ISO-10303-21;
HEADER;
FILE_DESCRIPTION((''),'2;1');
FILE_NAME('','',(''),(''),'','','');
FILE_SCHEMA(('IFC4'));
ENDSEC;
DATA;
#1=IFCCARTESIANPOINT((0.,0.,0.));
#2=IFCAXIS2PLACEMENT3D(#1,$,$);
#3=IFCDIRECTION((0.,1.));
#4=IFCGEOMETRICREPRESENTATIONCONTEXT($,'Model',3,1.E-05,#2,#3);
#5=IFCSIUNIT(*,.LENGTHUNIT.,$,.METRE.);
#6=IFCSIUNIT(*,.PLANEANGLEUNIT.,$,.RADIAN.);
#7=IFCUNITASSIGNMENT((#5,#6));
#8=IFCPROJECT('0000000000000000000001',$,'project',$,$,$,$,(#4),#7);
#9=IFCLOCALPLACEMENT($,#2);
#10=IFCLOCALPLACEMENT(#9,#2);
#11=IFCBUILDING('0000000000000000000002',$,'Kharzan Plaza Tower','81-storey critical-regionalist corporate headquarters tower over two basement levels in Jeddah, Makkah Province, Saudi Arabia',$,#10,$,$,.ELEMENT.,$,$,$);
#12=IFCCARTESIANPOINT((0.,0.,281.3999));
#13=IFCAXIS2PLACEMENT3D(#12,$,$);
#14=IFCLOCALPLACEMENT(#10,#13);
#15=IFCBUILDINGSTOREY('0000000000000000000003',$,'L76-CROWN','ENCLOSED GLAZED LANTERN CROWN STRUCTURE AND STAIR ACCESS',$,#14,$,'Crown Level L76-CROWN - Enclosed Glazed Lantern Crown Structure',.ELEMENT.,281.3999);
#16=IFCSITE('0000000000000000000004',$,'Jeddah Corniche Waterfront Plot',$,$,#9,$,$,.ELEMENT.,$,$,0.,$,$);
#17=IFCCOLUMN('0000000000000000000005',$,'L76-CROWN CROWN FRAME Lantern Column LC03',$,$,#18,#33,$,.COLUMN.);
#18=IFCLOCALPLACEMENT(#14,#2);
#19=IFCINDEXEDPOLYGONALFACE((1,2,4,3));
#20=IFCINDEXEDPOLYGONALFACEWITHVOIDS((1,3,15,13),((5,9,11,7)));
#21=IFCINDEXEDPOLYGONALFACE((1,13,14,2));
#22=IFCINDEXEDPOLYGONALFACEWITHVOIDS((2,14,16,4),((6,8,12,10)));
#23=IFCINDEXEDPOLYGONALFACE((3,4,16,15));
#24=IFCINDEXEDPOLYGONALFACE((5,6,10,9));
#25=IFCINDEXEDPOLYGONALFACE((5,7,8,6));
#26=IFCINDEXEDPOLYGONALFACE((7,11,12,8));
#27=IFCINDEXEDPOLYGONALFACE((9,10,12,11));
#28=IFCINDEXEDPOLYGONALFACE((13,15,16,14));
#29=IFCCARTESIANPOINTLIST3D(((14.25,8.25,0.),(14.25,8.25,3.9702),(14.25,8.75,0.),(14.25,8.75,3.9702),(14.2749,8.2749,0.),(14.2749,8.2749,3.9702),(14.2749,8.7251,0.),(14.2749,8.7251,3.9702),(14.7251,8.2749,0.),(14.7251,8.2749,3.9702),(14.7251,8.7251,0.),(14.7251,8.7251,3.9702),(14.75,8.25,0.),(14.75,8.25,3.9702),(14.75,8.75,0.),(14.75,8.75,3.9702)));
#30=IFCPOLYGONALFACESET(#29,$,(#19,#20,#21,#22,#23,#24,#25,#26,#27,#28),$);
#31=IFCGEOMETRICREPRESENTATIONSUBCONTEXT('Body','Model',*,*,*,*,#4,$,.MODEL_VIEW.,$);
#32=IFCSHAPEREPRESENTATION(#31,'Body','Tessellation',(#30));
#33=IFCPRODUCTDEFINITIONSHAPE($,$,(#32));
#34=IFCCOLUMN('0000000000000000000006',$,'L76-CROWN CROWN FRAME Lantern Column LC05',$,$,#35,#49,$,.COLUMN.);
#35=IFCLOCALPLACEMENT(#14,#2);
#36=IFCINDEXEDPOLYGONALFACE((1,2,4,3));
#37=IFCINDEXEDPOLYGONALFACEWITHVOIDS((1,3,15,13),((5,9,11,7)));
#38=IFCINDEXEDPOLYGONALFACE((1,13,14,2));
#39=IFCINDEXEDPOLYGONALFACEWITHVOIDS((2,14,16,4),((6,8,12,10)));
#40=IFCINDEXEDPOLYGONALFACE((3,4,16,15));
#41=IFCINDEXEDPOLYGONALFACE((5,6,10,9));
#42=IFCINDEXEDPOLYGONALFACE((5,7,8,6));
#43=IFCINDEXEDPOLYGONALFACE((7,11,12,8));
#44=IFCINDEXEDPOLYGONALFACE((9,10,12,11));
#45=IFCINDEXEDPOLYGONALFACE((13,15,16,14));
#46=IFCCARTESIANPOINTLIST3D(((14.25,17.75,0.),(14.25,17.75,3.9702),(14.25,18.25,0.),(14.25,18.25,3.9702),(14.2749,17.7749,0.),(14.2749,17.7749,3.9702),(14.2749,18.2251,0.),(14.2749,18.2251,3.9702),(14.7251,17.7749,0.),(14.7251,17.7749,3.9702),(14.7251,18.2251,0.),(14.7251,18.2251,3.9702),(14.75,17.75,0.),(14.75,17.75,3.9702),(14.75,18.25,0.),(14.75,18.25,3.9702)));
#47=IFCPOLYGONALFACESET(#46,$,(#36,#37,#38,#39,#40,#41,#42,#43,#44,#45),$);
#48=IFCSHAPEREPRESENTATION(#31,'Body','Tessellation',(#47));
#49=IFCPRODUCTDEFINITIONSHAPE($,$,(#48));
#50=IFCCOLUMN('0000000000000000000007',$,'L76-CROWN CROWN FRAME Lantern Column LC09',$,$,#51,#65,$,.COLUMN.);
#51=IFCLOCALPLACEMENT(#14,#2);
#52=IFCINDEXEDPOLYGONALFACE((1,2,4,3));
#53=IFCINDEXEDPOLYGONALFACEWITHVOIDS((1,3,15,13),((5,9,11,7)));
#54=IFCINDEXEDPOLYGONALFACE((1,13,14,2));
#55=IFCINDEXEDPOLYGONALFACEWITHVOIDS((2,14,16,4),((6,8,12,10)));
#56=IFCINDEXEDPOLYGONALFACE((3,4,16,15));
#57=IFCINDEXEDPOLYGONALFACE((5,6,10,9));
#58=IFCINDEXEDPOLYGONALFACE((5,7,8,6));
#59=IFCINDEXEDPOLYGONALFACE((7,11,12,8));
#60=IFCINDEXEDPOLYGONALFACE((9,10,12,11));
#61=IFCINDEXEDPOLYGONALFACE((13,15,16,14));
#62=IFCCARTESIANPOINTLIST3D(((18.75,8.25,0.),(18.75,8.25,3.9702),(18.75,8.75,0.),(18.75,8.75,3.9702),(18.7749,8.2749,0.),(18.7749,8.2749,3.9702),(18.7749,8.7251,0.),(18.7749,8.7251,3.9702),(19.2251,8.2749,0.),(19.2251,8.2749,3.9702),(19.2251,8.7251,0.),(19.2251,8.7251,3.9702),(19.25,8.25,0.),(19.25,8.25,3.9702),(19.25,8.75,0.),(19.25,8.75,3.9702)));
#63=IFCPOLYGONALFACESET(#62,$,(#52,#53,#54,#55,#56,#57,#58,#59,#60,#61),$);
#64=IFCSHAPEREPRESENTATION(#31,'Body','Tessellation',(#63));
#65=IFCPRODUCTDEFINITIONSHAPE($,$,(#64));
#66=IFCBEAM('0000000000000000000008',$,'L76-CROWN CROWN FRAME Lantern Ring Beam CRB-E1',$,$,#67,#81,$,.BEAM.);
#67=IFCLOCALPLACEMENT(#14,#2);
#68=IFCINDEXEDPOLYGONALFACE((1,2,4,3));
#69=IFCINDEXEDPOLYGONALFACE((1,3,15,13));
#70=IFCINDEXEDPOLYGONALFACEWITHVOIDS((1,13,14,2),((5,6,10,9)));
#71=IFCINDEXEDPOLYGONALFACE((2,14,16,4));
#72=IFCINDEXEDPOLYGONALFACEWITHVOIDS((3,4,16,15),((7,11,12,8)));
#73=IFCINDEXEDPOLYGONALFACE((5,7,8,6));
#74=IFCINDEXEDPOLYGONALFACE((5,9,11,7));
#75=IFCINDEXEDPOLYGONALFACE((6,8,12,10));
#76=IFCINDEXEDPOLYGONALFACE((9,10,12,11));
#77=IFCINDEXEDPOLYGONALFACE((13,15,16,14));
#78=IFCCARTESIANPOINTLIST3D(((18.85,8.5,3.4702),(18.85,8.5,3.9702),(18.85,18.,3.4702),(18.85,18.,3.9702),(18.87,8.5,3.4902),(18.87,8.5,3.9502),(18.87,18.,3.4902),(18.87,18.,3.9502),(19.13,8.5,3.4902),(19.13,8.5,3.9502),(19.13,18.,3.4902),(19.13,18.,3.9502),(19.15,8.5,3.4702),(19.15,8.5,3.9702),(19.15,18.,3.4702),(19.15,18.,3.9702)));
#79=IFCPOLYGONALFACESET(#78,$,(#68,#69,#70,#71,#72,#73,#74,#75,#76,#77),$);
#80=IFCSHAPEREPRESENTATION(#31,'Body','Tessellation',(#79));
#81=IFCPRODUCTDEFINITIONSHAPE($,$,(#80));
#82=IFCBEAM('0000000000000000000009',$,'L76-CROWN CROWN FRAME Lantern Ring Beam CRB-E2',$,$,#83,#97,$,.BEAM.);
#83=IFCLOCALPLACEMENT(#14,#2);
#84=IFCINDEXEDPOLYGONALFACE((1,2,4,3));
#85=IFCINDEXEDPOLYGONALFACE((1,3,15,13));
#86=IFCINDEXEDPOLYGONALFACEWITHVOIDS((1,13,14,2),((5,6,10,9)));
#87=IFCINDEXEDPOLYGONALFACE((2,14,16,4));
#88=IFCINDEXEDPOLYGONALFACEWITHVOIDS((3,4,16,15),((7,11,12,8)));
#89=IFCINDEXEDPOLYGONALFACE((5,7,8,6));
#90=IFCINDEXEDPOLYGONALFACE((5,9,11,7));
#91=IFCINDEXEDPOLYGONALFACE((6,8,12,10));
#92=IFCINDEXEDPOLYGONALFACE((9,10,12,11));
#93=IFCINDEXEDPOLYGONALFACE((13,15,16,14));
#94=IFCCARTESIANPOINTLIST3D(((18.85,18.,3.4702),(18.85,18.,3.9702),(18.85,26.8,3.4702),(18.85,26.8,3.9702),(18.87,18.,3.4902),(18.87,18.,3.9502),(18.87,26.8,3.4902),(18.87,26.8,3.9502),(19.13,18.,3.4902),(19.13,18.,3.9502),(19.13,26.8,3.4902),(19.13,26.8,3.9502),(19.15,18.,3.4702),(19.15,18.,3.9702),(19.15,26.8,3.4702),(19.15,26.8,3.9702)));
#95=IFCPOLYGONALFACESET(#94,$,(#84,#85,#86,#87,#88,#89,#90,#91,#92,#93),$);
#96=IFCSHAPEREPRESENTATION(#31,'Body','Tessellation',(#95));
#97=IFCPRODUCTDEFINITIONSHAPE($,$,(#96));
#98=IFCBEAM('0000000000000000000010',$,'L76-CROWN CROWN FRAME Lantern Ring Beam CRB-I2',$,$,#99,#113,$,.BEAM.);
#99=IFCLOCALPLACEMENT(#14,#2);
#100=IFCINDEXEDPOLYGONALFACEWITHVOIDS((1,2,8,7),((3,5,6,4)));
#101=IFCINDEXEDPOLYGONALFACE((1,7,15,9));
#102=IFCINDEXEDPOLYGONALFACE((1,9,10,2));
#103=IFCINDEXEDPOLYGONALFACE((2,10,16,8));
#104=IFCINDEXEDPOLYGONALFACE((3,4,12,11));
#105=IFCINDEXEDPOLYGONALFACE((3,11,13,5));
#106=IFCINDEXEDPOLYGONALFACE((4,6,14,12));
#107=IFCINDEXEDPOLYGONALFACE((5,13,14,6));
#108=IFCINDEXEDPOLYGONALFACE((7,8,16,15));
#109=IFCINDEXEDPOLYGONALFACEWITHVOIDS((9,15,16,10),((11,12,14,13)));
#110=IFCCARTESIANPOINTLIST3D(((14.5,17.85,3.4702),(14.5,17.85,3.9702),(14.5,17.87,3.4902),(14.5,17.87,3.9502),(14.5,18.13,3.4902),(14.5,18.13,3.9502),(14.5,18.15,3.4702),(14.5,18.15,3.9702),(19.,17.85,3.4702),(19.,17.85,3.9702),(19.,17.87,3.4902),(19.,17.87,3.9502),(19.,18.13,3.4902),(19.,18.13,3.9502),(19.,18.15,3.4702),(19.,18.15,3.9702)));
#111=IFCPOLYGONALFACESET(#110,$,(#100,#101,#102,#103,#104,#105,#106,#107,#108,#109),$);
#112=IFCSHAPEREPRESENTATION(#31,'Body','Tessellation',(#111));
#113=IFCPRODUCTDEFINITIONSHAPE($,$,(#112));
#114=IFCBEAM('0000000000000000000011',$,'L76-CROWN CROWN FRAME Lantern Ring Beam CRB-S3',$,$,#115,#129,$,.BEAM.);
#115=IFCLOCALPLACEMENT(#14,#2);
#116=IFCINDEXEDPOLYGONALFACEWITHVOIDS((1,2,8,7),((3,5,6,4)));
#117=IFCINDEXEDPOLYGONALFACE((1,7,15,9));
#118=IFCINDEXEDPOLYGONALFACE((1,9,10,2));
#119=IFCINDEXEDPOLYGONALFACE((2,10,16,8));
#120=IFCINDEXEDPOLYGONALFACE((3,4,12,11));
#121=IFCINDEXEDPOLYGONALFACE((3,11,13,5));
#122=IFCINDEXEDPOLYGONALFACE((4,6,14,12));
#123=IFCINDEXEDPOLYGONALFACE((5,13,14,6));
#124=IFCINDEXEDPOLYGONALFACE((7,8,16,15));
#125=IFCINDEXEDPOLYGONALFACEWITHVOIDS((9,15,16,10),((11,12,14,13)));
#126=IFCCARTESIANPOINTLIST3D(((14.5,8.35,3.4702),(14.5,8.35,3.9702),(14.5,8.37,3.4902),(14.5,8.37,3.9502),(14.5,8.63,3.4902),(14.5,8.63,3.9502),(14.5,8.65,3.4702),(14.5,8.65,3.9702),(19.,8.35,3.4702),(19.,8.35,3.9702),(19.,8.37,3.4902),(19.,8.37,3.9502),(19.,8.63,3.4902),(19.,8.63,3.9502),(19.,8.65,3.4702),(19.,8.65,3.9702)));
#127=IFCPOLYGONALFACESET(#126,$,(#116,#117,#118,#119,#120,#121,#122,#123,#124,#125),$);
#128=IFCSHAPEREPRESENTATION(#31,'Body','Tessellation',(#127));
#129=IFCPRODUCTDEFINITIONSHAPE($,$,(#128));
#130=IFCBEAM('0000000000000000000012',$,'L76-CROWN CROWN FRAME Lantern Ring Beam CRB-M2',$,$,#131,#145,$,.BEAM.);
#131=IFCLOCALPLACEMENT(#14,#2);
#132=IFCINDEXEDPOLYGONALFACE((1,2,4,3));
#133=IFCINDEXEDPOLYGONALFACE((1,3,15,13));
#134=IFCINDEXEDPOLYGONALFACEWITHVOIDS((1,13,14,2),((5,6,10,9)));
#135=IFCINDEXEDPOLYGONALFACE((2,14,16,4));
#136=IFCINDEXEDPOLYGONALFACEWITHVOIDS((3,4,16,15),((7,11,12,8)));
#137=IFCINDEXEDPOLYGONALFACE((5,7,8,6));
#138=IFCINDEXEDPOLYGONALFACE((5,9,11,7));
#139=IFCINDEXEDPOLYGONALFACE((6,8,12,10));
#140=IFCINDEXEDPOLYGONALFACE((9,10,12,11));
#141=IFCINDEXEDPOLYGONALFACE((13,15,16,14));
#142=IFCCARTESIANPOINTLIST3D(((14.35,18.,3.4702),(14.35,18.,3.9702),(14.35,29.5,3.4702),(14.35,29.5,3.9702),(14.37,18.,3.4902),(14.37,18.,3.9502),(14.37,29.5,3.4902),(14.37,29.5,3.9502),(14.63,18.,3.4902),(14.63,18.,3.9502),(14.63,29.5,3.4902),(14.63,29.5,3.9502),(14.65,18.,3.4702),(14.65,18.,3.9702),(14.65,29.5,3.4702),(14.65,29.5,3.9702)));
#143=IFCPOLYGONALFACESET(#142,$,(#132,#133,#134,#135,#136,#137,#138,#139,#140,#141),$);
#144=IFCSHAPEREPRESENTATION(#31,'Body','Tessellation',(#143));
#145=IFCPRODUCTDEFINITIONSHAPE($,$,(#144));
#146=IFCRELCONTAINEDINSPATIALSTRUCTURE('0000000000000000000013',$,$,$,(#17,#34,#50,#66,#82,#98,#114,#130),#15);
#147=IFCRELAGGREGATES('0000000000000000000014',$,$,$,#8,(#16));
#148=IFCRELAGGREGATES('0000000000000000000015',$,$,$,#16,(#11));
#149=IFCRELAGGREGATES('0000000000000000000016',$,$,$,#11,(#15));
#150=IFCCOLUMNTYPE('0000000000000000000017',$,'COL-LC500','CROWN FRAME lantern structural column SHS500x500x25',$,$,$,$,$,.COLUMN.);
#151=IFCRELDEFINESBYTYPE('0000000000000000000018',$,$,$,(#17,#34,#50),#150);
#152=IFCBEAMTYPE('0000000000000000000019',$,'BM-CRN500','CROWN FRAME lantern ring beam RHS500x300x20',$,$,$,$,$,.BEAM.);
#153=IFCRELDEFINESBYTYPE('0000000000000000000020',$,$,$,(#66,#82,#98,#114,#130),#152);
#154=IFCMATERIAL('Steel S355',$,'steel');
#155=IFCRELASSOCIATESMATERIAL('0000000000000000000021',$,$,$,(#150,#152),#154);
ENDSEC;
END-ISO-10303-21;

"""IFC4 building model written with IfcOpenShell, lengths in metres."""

from ifc_helpers import new_model, si_unit, direction, frame, origin, origin_2d, place, context, subcontext, project, spatial, hollow_rectangle, extrude, source, transform, mapped, material, material_profile, profile_set, type_object, element, save


model = new_model("IFC4")

# Units and contexts
model_context = context("Model", 3, precision=1e-05, world=origin(), true_north=direction((0.0, 1.0)))
body_context = subcontext(model_context, "Body", "Model", "MODEL_VIEW")
ifc_project = project(units=[si_unit("LENGTHUNIT", "METRE"), si_unit("PLANEANGLEUNIT", "RADIAN")], contexts=[model_context])

# Site, building, storey
site_placement = place(None, origin())
site = spatial("IfcSite", under=ifc_project, at=site_placement, Name="Jeddah Corniche Waterfront Plot", CompositionType="ELEMENT", RefElevation=0.0)
building_placement = place(site_placement, origin())
building = spatial("IfcBuilding", under=site, at=building_placement, Name="Kharzan Plaza Tower", Description="81-storey critical-regionalist corporate headquarters tower over two basement levels in Jeddah, Makkah Province, Saudi Arabia", CompositionType="ELEMENT")
storey_placement = place(building_placement, frame((0.0, 0.0, 281.3999)))
storey = spatial("IfcBuildingStorey", under=building, at=storey_placement, Name="L76-CROWN", Description="ENCLOSED GLAZED LANTERN CROWN STRUCTURE AND STAIR ACCESS", LongName="Crown Level L76-CROWN - Enclosed Glazed Lantern Crown Structure", CompositionType="ELEMENT", Elevation=281.3999)

# Columns
ifc_material_1 = material(Name="Steel S355", Category="steel")
ifc_material_profile_1 = material_profile(ifc_material_1, hollow_rectangle(XDim=0.5, YDim=0.5, WallThickness=0.0249, at=origin_2d()), Name="SHS500x500x25")
ifc_profile_set_1 = profile_set([ifc_material_profile_1], Name="Steel S355")
column_type = type_object("IfcColumnType", Name="COL-LC500", Description="CROWN FRAME lantern structural column SHS500x500x25", PredefinedType="COLUMN", material=ifc_profile_set_1)
shared_shape_1 = source(origin(), body_context, "Body", "SweptSolid", [
    extrude(hollow_rectangle(XDim=0.5, YDim=0.5, WallThickness=0.0249, at=origin_2d()), origin(), (0.0, 0.0, 1.0), 3.9702),
])
for number, where, z_axis, x_axis, name in (
    (1, (14.5, 8.5, 0.0), (0.0, 0.0, 1.0), (1.0, 0.0, 0.0), "L76-CROWN CROWN FRAME Lantern Column LC03"),
    (2, (14.5, 18.0, 0.0), (0.0, 0.0, 1.0), (1.0, 0.0, 0.0), "L76-CROWN CROWN FRAME Lantern Column LC05"),
    (3, (19.0, 8.5, 0.0), (0.0, 0.0, 1.0), (1.0, 0.0, 0.0), "L76-CROWN CROWN FRAME Lantern Column LC09"),
):
    element("IfcColumn", number, at=place(storey_placement, frame(where, z_axis=z_axis, x_axis=x_axis)), inside=storey, type_object=column_type, Name=name, PredefinedType="COLUMN", context=body_context, shape_type="MappedRepresentation", body=[
        mapped(shared_shape_1, transform((0.0, 0.0, 0.0), x_axis=(1.0, 0.0, 0.0), y_axis=(0.0, 1.0, 0.0), z_axis=(0.0, 0.0, 1.0))),
    ])

# Beams
ifc_material_profile_2 = material_profile(ifc_material_1, hollow_rectangle(XDim=0.3, YDim=0.5, WallThickness=0.02, at=origin_2d()), Name="RHS500x300x20")
ifc_profile_set_2 = profile_set([ifc_material_profile_2], Name="Steel S355")
beam_type = type_object("IfcBeamType", Name="BM-CRN500", Description="CROWN FRAME lantern ring beam RHS500x300x20", PredefinedType="BEAM", material=ifc_profile_set_2)
shared_shape_2 = source(origin(), body_context, "Body", "SweptSolid", [
    extrude(hollow_rectangle(XDim=0.3, YDim=0.5, WallThickness=0.02, at=origin_2d()), origin(), (0.0, 0.0, 1.0), 9.5),
])
beam_1_placement = place(storey_placement, frame((19.0, 8.5, 3.7202), z_axis=(0.0, 1.0, 0.0), x_axis=(-1.0, 0.0, 0.0)))
element("IfcBeam", 4, at=beam_1_placement, inside=storey, type_object=beam_type, Name="L76-CROWN CROWN FRAME Lantern Ring Beam CRB-E1", PredefinedType="BEAM", context=body_context, shape_type="MappedRepresentation", body=[
    mapped(shared_shape_2, transform((0.0, 0.0, 0.0), x_axis=(1.0, 0.0, 0.0), y_axis=(0.0, 1.0, 0.0), z_axis=(0.0, 0.0, 1.0))),
])
shared_shape_3 = source(origin(), body_context, "Body", "SweptSolid", [
    extrude(hollow_rectangle(XDim=0.3, YDim=0.5, WallThickness=0.02, at=origin_2d()), origin(), (0.0, 0.0, 1.0), 8.8),
])
beam_2_placement = place(storey_placement, frame((19.0, 18.0, 3.7202), z_axis=(0.0, 1.0, 0.0), x_axis=(-1.0, 0.0, 0.0)))
element("IfcBeam", 5, at=beam_2_placement, inside=storey, type_object=beam_type, Name="L76-CROWN CROWN FRAME Lantern Ring Beam CRB-E2", PredefinedType="BEAM", context=body_context, shape_type="MappedRepresentation", body=[
    mapped(shared_shape_3, transform((0.0, 0.0, 0.0), x_axis=(1.0, 0.0, 0.0), y_axis=(0.0, 1.0, 0.0), z_axis=(0.0, 0.0, 1.0))),
])
shared_shape_4 = source(origin(), body_context, "Body", "SweptSolid", [
    extrude(hollow_rectangle(XDim=0.3, YDim=0.5, WallThickness=0.02, at=origin_2d()), origin(), (0.0, 0.0, 1.0), 4.5),
])
for number, where, z_axis, x_axis, name in (
    (6, (14.5, 18.0, 3.7202), (1.0, 0.0, 0.0), (0.0, 1.0, 0.0), "L76-CROWN CROWN FRAME Lantern Ring Beam CRB-I2"),
    (7, (14.5, 8.5, 3.7202), (1.0, 0.0, 0.0), (0.0, 1.0, 0.0), "L76-CROWN CROWN FRAME Lantern Ring Beam CRB-S3"),
):
    element("IfcBeam", number, at=place(storey_placement, frame(where, z_axis=z_axis, x_axis=x_axis)), inside=storey, type_object=beam_type, Name=name, PredefinedType="BEAM", context=body_context, shape_type="MappedRepresentation", body=[
        mapped(shared_shape_4, transform((0.0, 0.0, 0.0), x_axis=(1.0, 0.0, 0.0), y_axis=(0.0, 1.0, 0.0), z_axis=(0.0, 0.0, 1.0))),
    ])
shared_shape_5 = source(origin(), body_context, "Body", "SweptSolid", [
    extrude(hollow_rectangle(XDim=0.3, YDim=0.5, WallThickness=0.02, at=origin_2d()), origin(), (0.0, 0.0, 1.0), 11.5),
])
beam_3_placement = place(storey_placement, frame((14.5, 18.0, 3.7202), z_axis=(0.0, 1.0, 0.0), x_axis=(-1.0, 0.0, 0.0)))
element("IfcBeam", 8, at=beam_3_placement, inside=storey, type_object=beam_type, Name="L76-CROWN CROWN FRAME Lantern Ring Beam CRB-M2", PredefinedType="BEAM", context=body_context, shape_type="MappedRepresentation", body=[
    mapped(shared_shape_5, transform((0.0, 0.0, 0.0), x_axis=(1.0, 0.0, 0.0), y_axis=(0.0, 1.0, 0.0), z_axis=(0.0, 0.0, 1.0))),
])

save(model, "model.ifc")
